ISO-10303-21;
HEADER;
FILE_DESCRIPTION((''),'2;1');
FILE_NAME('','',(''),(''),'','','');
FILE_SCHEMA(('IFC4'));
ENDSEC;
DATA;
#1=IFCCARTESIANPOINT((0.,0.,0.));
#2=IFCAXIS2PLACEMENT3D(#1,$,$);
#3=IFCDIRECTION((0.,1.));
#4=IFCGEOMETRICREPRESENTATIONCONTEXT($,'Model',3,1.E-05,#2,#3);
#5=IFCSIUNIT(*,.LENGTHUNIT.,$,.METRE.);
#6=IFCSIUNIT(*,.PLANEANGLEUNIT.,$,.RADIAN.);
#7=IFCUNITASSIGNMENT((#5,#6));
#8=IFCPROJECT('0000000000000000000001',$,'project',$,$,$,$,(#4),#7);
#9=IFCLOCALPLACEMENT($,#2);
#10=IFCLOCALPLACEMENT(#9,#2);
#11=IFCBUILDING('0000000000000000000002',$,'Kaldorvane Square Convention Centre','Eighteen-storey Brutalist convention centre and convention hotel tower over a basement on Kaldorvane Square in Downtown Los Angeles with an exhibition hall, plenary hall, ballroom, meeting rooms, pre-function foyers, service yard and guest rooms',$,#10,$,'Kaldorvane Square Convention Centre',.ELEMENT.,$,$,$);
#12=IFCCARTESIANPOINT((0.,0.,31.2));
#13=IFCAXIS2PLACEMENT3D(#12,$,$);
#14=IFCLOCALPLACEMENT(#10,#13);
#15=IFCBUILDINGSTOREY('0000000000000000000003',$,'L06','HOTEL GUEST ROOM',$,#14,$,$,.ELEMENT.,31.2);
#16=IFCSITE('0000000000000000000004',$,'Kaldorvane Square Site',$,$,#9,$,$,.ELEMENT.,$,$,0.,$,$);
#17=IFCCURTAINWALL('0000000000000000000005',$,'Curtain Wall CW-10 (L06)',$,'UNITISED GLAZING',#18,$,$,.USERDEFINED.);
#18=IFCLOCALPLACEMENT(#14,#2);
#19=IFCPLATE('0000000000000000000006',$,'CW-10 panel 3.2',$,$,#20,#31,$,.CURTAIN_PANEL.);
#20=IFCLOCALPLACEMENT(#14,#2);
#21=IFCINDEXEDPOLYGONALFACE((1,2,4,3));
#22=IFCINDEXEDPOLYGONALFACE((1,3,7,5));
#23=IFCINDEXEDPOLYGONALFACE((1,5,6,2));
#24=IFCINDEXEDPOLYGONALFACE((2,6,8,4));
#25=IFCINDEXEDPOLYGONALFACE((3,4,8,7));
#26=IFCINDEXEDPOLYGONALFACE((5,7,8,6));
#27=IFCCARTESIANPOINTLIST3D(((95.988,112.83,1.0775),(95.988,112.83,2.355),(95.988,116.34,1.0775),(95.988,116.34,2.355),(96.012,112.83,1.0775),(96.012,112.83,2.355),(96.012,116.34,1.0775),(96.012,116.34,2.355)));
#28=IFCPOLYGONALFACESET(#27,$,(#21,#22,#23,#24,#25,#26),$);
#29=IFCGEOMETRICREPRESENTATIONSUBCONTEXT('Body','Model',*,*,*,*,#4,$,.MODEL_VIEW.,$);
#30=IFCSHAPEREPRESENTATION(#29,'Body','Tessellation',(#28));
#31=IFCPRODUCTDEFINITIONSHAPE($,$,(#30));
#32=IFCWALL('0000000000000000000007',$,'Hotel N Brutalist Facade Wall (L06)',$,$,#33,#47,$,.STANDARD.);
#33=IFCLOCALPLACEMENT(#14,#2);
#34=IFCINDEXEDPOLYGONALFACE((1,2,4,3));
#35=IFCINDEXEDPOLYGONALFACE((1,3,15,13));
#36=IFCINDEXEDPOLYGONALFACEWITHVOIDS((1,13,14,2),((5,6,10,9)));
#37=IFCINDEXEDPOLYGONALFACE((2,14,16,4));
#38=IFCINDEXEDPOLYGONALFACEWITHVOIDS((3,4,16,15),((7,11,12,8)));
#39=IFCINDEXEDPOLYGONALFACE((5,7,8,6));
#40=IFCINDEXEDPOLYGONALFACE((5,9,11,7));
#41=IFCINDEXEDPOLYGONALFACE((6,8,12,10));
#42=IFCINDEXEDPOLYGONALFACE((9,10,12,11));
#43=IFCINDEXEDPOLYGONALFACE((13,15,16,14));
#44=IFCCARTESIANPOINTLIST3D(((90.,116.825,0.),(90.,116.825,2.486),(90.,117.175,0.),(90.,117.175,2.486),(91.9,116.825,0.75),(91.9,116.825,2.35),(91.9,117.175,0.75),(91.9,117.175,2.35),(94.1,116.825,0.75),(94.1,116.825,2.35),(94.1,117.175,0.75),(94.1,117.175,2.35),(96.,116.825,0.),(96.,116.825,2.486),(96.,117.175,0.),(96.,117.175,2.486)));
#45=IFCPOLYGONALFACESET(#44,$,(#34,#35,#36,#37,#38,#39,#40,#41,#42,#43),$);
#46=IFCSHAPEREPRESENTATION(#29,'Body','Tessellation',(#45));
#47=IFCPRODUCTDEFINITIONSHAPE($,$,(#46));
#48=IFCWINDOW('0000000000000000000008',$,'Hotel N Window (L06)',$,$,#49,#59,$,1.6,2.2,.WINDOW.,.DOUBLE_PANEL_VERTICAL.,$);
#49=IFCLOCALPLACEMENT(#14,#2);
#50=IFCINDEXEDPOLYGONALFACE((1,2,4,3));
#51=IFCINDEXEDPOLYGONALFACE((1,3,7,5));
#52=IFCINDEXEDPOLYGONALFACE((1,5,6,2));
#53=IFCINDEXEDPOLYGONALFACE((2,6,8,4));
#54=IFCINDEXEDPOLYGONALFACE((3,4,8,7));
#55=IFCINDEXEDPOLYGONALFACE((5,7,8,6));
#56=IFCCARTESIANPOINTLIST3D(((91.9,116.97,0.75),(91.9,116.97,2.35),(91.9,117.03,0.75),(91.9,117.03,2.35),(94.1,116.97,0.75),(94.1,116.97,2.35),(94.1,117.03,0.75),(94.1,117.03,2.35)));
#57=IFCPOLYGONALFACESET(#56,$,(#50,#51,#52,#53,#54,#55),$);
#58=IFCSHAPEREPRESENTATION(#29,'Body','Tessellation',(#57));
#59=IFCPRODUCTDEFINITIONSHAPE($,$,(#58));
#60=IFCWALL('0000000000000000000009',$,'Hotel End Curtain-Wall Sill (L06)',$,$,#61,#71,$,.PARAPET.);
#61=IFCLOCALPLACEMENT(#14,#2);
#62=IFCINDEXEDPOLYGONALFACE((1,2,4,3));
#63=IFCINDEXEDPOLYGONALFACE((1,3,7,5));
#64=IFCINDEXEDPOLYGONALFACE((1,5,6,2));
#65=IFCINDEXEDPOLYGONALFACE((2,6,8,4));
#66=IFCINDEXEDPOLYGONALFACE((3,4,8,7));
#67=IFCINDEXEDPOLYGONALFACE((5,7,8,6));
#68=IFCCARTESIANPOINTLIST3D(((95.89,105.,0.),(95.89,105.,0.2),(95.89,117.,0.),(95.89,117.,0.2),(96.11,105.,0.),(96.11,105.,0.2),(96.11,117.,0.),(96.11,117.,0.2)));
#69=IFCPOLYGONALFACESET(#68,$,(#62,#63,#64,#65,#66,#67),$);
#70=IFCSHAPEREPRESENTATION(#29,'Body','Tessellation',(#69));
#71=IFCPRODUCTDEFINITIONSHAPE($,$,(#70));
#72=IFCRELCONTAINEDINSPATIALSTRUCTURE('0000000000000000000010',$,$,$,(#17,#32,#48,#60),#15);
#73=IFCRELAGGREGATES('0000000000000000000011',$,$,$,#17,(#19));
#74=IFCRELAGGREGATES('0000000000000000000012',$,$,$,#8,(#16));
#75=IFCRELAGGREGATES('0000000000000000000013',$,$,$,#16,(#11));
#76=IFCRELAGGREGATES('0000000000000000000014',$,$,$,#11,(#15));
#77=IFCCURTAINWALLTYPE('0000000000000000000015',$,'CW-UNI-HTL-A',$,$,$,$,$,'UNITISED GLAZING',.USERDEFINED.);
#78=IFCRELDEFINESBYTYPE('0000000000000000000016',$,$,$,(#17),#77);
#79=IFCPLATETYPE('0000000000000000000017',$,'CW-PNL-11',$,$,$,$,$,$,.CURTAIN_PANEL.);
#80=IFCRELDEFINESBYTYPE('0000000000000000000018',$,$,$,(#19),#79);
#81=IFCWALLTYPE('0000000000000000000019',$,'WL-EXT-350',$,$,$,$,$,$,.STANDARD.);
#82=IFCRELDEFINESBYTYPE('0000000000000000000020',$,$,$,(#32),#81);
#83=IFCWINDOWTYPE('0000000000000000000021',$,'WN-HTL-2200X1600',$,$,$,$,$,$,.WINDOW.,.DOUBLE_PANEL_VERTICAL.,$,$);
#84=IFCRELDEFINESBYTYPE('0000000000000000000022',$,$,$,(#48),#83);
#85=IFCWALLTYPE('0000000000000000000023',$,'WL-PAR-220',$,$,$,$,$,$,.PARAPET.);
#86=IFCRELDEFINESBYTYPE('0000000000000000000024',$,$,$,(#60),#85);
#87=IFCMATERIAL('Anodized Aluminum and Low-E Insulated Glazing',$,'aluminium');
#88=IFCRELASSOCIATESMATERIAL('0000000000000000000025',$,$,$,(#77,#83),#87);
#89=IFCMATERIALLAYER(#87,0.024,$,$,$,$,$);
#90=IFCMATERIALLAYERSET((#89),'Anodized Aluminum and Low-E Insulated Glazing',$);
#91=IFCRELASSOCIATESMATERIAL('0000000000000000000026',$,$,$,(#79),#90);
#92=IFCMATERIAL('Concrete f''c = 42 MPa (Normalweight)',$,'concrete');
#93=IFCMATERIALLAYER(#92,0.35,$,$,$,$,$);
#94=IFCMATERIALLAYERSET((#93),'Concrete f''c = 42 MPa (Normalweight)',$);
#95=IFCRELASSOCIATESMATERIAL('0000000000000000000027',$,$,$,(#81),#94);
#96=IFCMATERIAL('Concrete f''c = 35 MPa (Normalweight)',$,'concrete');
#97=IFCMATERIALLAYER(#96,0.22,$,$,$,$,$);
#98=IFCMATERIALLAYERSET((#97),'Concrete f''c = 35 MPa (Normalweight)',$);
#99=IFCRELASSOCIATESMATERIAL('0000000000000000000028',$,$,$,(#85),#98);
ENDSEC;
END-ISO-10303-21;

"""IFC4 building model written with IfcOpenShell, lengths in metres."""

from ifc_helpers import new_model, si_unit, direction, frame, frame_2d, origin, origin_2d, place, context, subcontext, project, spatial, rectangle, extrude, material, layer, layer_set, type_object, element, fill, aggregate, save


model = new_model("IFC4")

# Units and contexts
model_context = context("Model", 3, precision=1e-05, world=origin(), true_north=direction((0.0, 1.0)))
body_context = subcontext(model_context, "Body", "Model", "MODEL_VIEW")
ifc_project = project(units=[si_unit("LENGTHUNIT", "METRE"), si_unit("PLANEANGLEUNIT", "RADIAN")], contexts=[model_context])

# Site, building, storey
site_placement = place(None, origin())
site = spatial("IfcSite", under=ifc_project, at=site_placement, Name="Kaldorvane Square Site", CompositionType="ELEMENT", RefElevation=0.0)
building_placement = place(site_placement, origin())
building = spatial("IfcBuilding", under=site, at=building_placement, Name="Kaldorvane Square Convention Centre", Description="Eighteen-storey Brutalist convention centre and convention hotel tower over a basement on Kaldorvane Square in Downtown Los Angeles with an exhibition hall, plenary hall, ballroom, meeting rooms, pre-function foyers, service yard and guest rooms", LongName="Kaldorvane Square Convention Centre", CompositionType="ELEMENT")
storey_placement = place(building_placement, frame((0.0, 0.0, 31.2)))
storey = spatial("IfcBuildingStorey", under=building, at=storey_placement, Name="L06", Description="HOTEL GUEST ROOM", CompositionType="ELEMENT", Elevation=31.2)

# Curtain wall, plate
ifc_material_1 = material(Name="Anodized Aluminum and Low-E Insulated Glazing", Category="aluminium")
curtain_wall_type = type_object("IfcCurtainWallType", Name="CW-UNI-HTL-A", ElementType="UNITISED GLAZING", PredefinedType="USERDEFINED", material=ifc_material_1)
curtain_wall_placement = place(storey_placement, origin())
curtain_wall = element("IfcCurtainWall", 1, at=curtain_wall_placement, inside=storey, type_object=curtain_wall_type, Name="Curtain Wall CW-10 (L06)", ObjectType="UNITISED GLAZING", PredefinedType="USERDEFINED")
ifc_layer_1 = layer(ifc_material_1, 0.024)
ifc_layer_set_1 = layer_set([ifc_layer_1], Name="Anodized Aluminum and Low-E Insulated Glazing")
plate_type = type_object("IfcPlateType", Name="CW-PNL-11", PredefinedType="CURTAIN_PANEL", material=ifc_layer_set_1)
plate_1_placement = place(storey_placement, frame((96.0, 114.585, 1.0775), z_axis=(0.0, 0.0, 1.0), x_axis=(0.0, 1.0, 0.0)))
plate_1 = element("IfcPlate", 2, at=plate_1_placement, type_object=plate_type, Name="CW-10 panel 3.2", PredefinedType="CURTAIN_PANEL", context=body_context, shape_type="SweptSolid", body=[
    extrude(rectangle(XDim=3.51, YDim=0.024, at=origin_2d()), origin(), (0.0, 0.0, 1.0), 1.2775),
])
aggregate(curtain_wall, [plate_1])

# Wall, opening, window
ifc_material_2 = material(Name="Concrete f'c = 42 MPa (Normalweight)", Category="concrete")
ifc_layer_2 = layer(ifc_material_2, 0.35)
ifc_layer_set_2 = layer_set([ifc_layer_2], Name="Concrete f'c = 42 MPa (Normalweight)")
wall_type_1 = type_object("IfcWallType", Name="WL-EXT-350", PredefinedType="STANDARD", material=ifc_layer_set_2)
wall_1_placement = place(storey_placement, frame((96.0, 117.0, 0.0), z_axis=(0.0, 0.0, 1.0), x_axis=(-1.0, 0.0, 0.0)))
wall_1 = element("IfcWall", 3, at=wall_1_placement, inside=storey, type_object=wall_type_1, Name="Hotel N Brutalist Facade Wall (L06)", PredefinedType="STANDARD", context=body_context, shape_type="SweptSolid", body=[
    extrude(rectangle(XDim=6.0, YDim=0.35, at=frame_2d((3.0, 0.0))), origin(), (0.0, 0.0, 1.0), 2.486),
])
opening_placement = place(wall_1_placement, frame((1.9, 0.0, 0.75)))
opening = element("IfcOpeningElement", 4, at=opening_placement, cuts=wall_1, PredefinedType="OPENING", context=body_context, shape_type="SweptSolid", body=[
    extrude(rectangle(XDim=2.2, YDim=1.6, at=frame_2d((1.1, 0.8))), frame((0.0, 0.19, 0.0), z_axis=(0.0, -1.0, 0.0), x_axis=(1.0, 0.0, 0.0)), (0.0, 0.0, 1.0), 0.38),
])
window_type = type_object("IfcWindowType", Name="WN-HTL-2200X1600", PartitioningType="DOUBLE_PANEL_VERTICAL", PredefinedType="WINDOW", material=ifc_material_1)
window_placement = place(opening_placement, origin())
window = element("IfcWindow", 5, at=window_placement, inside=storey, type_object=window_type, Name="Hotel N Window (L06)", OverallHeight=1.6, OverallWidth=2.2, PartitioningType="DOUBLE_PANEL_VERTICAL", PredefinedType="WINDOW", context=body_context, shape_type="SweptSolid", body=[
    extrude(rectangle(XDim=2.2, YDim=1.6, at=frame_2d((1.1, 0.8))), frame((0.0, 0.03, 0.0), z_axis=(0.0, -1.0, 0.0), x_axis=(1.0, 0.0, 0.0)), (0.0, 0.0, 1.0), 0.06),
])
fill(opening, window)

# Wall
ifc_material_3 = material(Name="Concrete f'c = 35 MPa (Normalweight)", Category="concrete")
ifc_layer_3 = layer(ifc_material_3, 0.22)
ifc_layer_set_3 = layer_set([ifc_layer_3], Name="Concrete f'c = 35 MPa (Normalweight)")
wall_type_2 = type_object("IfcWallType", Name="WL-PAR-220", PredefinedType="PARAPET", material=ifc_layer_set_3)
wall_2_placement = place(storey_placement, frame((96.0, 105.0, 0.0), z_axis=(0.0, 0.0, 1.0), x_axis=(0.0, 1.0, 0.0)))
element("IfcWall", 6, at=wall_2_placement, inside=storey, type_object=wall_type_2, Name="Hotel End Curtain-Wall Sill (L06)", PredefinedType="PARAPET", context=body_context, shape_type="SweptSolid", body=[
    extrude(rectangle(XDim=12.0, YDim=0.22, at=frame_2d((6.0, 0.0))), origin(), (0.0, 0.0, 1.0), 0.2),
])

save(model, "model.ifc")
